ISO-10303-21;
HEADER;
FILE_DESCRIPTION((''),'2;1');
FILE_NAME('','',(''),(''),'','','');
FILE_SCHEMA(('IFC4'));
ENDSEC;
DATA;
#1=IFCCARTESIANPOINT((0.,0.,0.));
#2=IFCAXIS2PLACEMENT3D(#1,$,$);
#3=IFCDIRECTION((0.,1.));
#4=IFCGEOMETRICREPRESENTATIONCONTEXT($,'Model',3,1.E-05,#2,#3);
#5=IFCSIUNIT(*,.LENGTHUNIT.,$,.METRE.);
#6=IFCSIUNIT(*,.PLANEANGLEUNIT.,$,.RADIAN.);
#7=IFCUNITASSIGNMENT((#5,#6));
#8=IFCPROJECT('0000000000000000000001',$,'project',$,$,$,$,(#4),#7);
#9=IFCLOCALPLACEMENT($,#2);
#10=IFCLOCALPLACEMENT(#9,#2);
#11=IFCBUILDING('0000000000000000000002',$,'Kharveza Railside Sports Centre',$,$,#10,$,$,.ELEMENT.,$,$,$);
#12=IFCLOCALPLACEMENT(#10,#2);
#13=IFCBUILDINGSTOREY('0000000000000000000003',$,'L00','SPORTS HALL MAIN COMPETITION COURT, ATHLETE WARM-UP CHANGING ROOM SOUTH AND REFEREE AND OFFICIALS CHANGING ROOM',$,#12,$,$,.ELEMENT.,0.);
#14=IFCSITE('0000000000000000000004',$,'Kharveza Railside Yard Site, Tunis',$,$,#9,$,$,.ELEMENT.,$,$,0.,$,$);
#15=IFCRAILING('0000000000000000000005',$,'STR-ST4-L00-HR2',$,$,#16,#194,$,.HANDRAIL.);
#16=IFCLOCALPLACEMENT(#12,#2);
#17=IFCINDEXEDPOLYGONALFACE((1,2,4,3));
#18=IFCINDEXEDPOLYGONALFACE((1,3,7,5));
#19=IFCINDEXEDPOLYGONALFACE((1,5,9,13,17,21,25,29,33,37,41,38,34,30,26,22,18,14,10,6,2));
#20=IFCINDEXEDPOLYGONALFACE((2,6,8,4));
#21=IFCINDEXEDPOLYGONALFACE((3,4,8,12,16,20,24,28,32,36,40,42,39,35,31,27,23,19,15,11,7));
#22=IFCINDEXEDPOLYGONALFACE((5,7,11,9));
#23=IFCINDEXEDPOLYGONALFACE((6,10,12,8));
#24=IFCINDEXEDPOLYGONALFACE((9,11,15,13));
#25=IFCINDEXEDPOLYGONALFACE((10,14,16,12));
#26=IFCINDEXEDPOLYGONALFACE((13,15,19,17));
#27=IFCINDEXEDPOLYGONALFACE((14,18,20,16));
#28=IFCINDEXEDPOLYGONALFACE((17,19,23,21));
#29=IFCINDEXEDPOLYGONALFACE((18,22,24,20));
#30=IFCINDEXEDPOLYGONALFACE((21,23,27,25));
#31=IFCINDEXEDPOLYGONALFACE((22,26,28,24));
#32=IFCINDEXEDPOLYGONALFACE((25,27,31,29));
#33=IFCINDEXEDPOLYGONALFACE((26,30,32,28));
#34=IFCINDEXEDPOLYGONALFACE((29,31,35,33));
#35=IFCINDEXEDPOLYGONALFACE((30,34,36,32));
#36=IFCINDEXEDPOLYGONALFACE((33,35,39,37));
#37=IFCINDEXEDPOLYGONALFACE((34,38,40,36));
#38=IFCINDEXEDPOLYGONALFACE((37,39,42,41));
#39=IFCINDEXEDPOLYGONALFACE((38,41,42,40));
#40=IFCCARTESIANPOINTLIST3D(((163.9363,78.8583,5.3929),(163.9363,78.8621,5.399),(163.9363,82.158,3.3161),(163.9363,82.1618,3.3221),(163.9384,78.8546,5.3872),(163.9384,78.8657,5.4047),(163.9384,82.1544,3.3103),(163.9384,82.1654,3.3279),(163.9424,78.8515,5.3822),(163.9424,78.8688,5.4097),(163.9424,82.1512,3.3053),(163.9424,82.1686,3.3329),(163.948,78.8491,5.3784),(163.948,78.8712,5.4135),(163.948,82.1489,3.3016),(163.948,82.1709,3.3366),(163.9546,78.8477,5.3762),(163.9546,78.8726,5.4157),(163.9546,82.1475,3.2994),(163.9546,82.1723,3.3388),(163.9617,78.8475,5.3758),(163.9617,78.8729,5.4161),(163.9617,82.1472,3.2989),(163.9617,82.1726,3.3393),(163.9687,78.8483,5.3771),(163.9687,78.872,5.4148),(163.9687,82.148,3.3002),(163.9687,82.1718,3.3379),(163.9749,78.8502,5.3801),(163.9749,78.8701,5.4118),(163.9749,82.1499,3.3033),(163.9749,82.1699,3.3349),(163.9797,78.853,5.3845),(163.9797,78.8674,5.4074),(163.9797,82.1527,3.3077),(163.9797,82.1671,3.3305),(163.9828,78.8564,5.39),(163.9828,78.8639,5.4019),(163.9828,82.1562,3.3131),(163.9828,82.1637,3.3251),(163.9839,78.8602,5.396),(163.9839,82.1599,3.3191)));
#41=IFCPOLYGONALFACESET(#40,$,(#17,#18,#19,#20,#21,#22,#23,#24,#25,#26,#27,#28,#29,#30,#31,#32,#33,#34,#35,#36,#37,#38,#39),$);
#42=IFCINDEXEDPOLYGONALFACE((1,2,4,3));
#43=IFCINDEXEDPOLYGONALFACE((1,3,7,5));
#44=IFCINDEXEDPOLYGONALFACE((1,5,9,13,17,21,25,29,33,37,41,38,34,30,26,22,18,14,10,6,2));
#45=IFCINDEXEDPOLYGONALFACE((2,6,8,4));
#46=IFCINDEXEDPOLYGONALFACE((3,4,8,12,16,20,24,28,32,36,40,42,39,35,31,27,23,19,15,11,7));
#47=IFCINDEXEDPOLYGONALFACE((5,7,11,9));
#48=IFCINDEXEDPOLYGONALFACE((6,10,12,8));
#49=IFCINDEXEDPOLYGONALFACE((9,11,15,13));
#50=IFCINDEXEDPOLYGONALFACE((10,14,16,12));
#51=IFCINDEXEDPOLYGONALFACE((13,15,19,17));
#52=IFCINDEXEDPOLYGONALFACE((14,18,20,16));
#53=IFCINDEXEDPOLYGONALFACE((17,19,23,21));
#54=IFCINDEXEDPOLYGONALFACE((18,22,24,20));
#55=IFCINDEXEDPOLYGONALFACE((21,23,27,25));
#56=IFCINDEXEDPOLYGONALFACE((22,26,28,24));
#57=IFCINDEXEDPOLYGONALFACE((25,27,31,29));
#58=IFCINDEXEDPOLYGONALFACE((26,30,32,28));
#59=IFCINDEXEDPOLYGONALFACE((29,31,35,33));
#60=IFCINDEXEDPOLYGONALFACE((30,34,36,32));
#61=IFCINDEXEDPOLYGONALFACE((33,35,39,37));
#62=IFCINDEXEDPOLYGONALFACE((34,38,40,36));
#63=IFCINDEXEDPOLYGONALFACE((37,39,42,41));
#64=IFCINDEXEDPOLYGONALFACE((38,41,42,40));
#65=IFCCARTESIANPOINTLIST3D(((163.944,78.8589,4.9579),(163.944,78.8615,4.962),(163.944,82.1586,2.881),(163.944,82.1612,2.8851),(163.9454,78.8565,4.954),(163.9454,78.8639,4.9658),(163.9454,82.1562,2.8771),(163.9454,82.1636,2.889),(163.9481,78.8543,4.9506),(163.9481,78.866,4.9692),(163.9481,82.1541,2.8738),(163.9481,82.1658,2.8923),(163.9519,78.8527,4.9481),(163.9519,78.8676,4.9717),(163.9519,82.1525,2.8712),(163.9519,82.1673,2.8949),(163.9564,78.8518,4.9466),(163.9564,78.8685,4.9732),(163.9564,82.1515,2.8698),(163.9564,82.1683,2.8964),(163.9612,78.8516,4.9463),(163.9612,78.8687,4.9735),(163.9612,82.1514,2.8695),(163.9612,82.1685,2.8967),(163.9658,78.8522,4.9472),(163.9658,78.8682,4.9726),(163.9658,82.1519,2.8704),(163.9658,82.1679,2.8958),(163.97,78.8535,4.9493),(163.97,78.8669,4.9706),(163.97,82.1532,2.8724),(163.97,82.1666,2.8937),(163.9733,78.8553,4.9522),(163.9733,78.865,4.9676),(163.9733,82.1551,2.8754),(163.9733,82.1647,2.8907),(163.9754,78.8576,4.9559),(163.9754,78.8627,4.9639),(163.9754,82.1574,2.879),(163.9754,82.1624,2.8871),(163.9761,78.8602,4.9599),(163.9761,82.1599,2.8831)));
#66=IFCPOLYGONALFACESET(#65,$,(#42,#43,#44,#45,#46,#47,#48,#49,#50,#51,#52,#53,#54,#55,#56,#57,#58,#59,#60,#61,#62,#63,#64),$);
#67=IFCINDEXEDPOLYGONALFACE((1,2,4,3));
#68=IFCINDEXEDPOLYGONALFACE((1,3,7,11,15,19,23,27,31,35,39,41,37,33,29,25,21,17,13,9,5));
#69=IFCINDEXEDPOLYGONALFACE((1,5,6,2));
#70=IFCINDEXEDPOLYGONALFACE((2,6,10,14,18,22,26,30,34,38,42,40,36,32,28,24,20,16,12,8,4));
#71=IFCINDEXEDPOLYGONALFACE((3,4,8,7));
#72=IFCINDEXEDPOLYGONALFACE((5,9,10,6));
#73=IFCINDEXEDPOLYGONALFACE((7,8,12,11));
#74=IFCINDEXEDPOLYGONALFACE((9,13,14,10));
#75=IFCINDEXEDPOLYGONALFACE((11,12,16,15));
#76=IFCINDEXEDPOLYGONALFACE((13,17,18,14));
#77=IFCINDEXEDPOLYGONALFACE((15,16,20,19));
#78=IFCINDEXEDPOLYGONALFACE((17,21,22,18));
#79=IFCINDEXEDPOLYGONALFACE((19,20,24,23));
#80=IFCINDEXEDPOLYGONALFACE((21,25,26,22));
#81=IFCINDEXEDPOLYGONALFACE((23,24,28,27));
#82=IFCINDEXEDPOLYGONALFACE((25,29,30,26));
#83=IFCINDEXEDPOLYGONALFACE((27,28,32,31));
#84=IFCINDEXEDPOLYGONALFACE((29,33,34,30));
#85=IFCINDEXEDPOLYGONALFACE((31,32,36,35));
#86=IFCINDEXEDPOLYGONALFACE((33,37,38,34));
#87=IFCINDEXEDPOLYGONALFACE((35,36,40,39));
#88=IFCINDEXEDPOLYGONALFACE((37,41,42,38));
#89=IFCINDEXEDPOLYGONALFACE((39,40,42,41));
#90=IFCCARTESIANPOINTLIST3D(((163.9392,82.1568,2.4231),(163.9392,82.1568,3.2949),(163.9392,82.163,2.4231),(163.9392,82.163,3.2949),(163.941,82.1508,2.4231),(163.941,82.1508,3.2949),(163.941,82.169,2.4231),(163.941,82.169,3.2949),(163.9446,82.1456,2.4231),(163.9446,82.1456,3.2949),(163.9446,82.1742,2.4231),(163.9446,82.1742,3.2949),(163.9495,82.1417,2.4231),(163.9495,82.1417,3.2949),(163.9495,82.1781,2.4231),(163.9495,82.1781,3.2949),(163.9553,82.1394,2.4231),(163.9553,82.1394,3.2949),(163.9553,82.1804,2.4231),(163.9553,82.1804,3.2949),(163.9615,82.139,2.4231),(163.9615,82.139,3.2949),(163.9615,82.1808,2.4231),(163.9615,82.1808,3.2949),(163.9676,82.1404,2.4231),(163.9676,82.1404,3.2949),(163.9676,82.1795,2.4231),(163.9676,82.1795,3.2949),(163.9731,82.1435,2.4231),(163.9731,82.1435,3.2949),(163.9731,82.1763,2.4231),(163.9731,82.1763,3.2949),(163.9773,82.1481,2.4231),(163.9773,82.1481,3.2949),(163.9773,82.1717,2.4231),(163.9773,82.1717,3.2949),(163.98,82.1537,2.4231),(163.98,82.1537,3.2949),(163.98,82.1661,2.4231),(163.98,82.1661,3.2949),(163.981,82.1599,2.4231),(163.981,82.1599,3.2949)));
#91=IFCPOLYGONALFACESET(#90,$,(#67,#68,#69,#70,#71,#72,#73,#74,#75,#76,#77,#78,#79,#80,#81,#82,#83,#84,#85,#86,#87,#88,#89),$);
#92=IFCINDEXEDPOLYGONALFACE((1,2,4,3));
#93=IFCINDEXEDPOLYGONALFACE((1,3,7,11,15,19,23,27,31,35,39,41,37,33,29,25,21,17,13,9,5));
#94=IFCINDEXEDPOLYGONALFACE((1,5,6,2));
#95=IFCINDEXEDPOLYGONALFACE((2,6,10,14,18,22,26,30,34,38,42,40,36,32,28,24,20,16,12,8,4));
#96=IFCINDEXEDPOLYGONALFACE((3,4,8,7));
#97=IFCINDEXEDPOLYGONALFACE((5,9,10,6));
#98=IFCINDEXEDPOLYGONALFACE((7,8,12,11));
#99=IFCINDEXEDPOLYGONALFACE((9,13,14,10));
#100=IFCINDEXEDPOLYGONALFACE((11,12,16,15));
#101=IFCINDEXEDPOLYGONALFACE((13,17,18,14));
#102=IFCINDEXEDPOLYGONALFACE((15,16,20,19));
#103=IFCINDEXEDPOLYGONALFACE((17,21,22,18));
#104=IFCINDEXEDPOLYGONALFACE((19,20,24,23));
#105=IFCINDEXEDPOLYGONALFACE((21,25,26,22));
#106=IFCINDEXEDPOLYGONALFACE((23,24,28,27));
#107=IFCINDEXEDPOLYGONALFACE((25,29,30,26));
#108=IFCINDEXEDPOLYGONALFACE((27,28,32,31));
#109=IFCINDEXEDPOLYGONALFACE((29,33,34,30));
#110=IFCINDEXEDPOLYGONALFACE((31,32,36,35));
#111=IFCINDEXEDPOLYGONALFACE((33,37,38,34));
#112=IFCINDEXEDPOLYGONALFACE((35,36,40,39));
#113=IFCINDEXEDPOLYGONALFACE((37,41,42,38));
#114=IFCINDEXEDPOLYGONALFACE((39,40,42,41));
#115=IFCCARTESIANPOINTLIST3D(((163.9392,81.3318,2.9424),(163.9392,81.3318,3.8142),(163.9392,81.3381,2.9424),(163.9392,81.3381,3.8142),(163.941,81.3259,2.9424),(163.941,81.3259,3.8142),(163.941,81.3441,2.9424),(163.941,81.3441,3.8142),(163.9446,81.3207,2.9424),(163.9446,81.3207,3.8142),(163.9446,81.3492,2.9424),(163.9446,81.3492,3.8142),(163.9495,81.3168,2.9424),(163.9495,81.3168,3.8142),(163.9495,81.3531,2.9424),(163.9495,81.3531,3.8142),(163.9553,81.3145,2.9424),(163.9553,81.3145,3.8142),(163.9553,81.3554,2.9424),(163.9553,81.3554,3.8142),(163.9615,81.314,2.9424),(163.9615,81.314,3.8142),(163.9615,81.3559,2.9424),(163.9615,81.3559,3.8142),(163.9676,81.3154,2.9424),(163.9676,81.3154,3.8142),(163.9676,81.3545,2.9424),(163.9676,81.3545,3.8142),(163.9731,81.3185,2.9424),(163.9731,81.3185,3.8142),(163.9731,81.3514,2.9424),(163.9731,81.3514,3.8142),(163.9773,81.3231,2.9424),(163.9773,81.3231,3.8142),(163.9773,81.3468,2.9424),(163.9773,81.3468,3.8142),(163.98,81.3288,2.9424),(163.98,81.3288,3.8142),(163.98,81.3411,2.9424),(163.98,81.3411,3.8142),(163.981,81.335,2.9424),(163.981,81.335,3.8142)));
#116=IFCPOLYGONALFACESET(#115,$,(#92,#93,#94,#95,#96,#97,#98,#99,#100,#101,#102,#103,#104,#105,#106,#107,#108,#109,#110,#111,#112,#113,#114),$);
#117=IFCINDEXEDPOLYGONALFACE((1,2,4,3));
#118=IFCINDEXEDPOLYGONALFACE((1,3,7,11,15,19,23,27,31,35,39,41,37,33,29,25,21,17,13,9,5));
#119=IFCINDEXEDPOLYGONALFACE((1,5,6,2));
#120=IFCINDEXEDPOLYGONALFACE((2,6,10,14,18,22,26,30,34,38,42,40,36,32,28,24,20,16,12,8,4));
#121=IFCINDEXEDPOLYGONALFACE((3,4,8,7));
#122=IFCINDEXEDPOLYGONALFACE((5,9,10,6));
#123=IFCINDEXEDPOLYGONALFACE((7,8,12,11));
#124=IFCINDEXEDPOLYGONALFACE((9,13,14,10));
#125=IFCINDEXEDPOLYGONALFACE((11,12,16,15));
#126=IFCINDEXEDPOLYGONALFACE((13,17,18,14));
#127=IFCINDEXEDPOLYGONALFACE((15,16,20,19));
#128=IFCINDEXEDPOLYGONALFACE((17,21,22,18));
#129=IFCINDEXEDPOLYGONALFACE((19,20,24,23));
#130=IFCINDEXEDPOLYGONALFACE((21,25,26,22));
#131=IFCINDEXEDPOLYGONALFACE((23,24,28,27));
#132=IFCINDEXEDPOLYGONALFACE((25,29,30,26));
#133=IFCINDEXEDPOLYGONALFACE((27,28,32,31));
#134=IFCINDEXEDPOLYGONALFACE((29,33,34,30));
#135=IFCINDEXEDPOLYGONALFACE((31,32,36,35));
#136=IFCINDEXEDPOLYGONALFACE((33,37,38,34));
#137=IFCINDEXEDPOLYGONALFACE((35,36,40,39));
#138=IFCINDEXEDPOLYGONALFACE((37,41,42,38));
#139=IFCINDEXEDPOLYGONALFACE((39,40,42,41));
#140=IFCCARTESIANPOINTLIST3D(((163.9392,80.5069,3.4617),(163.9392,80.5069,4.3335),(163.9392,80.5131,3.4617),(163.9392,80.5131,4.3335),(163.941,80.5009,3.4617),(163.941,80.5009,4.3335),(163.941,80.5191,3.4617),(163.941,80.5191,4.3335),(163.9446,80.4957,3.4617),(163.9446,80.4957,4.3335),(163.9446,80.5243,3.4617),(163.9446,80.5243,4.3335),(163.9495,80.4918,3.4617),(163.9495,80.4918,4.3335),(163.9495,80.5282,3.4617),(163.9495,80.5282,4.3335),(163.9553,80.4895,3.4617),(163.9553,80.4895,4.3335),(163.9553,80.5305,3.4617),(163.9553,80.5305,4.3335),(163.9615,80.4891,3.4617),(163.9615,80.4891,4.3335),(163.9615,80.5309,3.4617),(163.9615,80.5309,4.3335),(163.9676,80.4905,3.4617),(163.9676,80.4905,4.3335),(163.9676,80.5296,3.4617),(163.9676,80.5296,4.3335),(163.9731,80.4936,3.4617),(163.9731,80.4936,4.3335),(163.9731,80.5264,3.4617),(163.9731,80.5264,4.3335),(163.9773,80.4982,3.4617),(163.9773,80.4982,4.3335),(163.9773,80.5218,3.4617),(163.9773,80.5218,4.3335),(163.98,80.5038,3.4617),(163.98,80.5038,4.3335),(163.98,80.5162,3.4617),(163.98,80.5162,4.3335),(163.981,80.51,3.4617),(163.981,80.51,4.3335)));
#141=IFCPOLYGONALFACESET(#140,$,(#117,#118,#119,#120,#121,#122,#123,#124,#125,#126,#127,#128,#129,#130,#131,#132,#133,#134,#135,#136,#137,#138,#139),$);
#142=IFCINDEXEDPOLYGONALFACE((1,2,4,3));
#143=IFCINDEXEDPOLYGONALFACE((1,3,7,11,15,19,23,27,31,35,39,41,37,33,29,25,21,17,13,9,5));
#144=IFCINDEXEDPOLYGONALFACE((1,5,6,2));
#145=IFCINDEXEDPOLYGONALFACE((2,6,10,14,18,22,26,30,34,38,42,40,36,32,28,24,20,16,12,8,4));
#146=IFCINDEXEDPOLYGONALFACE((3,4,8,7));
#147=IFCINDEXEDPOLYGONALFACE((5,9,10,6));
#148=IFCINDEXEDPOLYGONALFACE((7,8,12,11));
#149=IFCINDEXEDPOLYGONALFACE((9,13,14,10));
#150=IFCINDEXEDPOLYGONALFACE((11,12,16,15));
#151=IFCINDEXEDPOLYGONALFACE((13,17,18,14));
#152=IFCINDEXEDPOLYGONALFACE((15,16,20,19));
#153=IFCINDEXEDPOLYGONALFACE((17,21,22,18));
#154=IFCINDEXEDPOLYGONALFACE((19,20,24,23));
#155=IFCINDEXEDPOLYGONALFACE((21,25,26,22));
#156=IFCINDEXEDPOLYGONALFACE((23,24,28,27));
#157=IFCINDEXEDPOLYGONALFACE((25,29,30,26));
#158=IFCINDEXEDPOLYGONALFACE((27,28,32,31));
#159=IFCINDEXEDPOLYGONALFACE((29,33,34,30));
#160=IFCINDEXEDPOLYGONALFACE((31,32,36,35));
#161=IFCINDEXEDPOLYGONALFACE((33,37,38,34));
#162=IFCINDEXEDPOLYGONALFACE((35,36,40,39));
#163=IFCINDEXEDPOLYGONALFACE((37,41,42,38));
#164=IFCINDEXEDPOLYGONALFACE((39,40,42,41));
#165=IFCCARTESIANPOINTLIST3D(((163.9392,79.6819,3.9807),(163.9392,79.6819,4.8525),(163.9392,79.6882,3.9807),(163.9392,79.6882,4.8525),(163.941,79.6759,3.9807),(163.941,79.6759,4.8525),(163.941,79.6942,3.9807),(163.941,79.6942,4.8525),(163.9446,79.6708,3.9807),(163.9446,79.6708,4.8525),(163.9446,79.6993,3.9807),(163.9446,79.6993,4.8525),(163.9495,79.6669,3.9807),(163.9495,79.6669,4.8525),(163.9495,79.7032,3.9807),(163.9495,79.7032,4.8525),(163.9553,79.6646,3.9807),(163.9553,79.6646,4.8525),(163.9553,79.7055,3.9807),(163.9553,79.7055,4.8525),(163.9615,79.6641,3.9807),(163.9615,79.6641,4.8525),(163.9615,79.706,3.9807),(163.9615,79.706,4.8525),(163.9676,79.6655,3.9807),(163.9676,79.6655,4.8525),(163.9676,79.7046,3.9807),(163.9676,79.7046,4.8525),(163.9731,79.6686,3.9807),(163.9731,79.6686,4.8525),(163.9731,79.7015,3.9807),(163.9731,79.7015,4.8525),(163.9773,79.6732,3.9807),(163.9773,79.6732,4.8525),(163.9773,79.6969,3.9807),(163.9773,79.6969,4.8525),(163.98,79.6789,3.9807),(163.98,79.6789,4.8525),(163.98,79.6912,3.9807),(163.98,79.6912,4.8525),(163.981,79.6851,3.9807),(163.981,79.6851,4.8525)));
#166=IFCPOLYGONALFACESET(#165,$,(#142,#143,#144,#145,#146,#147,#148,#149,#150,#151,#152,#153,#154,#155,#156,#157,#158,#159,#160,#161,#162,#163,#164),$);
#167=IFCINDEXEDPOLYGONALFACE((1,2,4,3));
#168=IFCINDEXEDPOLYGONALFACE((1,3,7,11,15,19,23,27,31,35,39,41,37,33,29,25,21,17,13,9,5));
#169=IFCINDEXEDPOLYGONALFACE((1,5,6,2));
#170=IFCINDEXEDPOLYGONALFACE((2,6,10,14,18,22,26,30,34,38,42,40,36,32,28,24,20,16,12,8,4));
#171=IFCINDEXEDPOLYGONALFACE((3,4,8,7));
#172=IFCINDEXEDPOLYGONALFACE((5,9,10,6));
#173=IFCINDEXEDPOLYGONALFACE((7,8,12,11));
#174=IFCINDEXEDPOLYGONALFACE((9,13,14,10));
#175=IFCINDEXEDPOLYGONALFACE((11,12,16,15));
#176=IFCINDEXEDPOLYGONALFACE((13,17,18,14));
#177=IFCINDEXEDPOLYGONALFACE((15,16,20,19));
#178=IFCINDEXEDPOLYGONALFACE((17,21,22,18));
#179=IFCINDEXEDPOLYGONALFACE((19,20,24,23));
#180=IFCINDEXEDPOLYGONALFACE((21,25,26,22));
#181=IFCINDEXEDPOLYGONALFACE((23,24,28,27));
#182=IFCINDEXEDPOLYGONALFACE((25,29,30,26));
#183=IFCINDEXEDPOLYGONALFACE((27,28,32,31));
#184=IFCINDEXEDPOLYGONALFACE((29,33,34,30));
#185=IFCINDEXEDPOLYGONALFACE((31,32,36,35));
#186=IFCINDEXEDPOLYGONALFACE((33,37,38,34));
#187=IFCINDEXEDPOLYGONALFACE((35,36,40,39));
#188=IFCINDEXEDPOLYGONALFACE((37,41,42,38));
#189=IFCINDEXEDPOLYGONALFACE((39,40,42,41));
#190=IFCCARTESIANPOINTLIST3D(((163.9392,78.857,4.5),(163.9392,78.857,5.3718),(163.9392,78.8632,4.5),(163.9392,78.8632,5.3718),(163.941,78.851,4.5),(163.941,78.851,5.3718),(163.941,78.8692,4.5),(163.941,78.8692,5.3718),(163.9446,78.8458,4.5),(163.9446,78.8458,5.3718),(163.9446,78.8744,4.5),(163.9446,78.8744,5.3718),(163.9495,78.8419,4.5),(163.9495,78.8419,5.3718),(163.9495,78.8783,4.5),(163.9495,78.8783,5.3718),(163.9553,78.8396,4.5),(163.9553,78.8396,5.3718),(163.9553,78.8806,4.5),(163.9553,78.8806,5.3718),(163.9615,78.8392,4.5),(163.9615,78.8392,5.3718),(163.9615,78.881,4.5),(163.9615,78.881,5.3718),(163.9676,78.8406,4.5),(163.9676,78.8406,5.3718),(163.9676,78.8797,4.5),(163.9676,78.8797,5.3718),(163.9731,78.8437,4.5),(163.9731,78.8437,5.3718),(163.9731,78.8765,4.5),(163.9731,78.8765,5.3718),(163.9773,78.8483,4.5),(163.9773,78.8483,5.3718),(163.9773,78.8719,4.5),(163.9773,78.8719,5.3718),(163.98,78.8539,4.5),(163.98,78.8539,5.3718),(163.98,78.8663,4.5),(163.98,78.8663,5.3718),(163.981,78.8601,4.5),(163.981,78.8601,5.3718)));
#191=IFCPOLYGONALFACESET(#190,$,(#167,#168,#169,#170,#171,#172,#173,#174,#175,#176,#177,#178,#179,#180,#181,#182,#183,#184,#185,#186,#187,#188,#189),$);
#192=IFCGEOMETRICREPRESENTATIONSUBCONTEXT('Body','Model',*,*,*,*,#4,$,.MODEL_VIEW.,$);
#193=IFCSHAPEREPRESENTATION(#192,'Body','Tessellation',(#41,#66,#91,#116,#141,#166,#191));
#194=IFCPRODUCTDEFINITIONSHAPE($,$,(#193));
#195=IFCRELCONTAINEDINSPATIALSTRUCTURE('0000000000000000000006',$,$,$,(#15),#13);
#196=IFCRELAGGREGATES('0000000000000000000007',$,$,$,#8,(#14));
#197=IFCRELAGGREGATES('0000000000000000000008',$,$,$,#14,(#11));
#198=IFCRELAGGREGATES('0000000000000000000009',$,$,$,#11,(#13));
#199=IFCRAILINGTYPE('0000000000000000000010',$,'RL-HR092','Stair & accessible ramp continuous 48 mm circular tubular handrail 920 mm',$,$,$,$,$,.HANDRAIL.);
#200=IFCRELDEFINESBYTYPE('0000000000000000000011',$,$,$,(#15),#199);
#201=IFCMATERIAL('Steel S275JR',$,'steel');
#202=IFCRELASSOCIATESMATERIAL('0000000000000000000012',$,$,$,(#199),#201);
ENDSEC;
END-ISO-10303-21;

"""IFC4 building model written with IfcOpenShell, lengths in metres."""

from ifc_helpers import new_model, si_unit, direction, frame, origin, origin_2d, place, context, subcontext, project, spatial, circle, extrude, material, type_object, element, save


model = new_model("IFC4")

# Units and contexts
model_context = context("Model", 3, precision=1e-05, world=origin(), true_north=direction((0.0, 1.0)))
body_context = subcontext(model_context, "Body", "Model", "MODEL_VIEW")
ifc_project = project(units=[si_unit("LENGTHUNIT", "METRE"), si_unit("PLANEANGLEUNIT", "RADIAN")], contexts=[model_context])

# Site, building, storey
site_placement = place(None, origin())
site = spatial("IfcSite", under=ifc_project, at=site_placement, Name="Kharveza Railside Yard Site, Tunis", CompositionType="ELEMENT", RefElevation=0.0)
building_placement = place(site_placement, origin())
building = spatial("IfcBuilding", under=site, at=building_placement, Name="Kharveza Railside Sports Centre", CompositionType="ELEMENT")
storey_placement = place(building_placement, origin())
storey = spatial("IfcBuildingStorey", under=building, at=storey_placement, Name="L00", Description="SPORTS HALL MAIN COMPETITION COURT, ATHLETE WARM-UP CHANGING ROOM SOUTH AND REFEREE AND OFFICIALS CHANGING ROOM", CompositionType="ELEMENT", Elevation=0.0)

# Railing
ifc_material_1 = material(Name="Steel S275JR", Category="steel")
railing_type_1 = type_object("IfcRailingType", Name="RL-HR092", Description="Stair & accessible ramp continuous 48 mm circular tubular handrail 920 mm", PredefinedType="HANDRAIL", material=ifc_material_1)
railing_1_placement = place(storey_placement, frame((163.96, 82.1599, 2.4231)))
element("IfcRailing", 1, at=railing_1_placement, inside=storey, type_object=railing_type_1, Name="STR-ST4-L00-HR2", PredefinedType="HANDRAIL", context=body_context, shape_type="SweptSolid", body=[
    extrude(circle(Radius=0.0239, at=origin_2d()), frame((0.0, 0.0, 0.896), z_axis=(0.0, -0.84632, 0.532675), x_axis=(1.0, 0.0, 0.0)), (0.0, 0.0, 1.0), 3.8989),
    extrude(circle(Radius=0.0161, at=origin_2d()), frame((0.0, 0.0, 0.46), z_axis=(0.0, -0.84632, 0.532675), x_axis=(1.0, 0.0, 0.0)), (0.0, 0.0, 1.0), 3.8989),
    extrude(circle(Radius=0.021, at=origin_2d()), origin(), (0.0, 0.0, 1.0), 0.8718),
    extrude(circle(Radius=0.021, at=origin_2d()), frame((0.0, -0.825, 0.5193)), (0.0, 0.0, 1.0), 0.8718),
    extrude(circle(Radius=0.021, at=origin_2d()), frame((0.0, -1.6499, 1.0386)), (0.0, 0.0, 1.0), 0.8718),
    extrude(circle(Radius=0.021, at=origin_2d()), frame((0.0, -2.4749, 1.5576)), (0.0, 0.0, 1.0), 0.8718),
    extrude(circle(Radius=0.021, at=origin_2d()), frame((0.0, -3.2998, 2.0769)), (0.0, 0.0, 1.0), 0.8718),
])

save(model, "model.ifc")
